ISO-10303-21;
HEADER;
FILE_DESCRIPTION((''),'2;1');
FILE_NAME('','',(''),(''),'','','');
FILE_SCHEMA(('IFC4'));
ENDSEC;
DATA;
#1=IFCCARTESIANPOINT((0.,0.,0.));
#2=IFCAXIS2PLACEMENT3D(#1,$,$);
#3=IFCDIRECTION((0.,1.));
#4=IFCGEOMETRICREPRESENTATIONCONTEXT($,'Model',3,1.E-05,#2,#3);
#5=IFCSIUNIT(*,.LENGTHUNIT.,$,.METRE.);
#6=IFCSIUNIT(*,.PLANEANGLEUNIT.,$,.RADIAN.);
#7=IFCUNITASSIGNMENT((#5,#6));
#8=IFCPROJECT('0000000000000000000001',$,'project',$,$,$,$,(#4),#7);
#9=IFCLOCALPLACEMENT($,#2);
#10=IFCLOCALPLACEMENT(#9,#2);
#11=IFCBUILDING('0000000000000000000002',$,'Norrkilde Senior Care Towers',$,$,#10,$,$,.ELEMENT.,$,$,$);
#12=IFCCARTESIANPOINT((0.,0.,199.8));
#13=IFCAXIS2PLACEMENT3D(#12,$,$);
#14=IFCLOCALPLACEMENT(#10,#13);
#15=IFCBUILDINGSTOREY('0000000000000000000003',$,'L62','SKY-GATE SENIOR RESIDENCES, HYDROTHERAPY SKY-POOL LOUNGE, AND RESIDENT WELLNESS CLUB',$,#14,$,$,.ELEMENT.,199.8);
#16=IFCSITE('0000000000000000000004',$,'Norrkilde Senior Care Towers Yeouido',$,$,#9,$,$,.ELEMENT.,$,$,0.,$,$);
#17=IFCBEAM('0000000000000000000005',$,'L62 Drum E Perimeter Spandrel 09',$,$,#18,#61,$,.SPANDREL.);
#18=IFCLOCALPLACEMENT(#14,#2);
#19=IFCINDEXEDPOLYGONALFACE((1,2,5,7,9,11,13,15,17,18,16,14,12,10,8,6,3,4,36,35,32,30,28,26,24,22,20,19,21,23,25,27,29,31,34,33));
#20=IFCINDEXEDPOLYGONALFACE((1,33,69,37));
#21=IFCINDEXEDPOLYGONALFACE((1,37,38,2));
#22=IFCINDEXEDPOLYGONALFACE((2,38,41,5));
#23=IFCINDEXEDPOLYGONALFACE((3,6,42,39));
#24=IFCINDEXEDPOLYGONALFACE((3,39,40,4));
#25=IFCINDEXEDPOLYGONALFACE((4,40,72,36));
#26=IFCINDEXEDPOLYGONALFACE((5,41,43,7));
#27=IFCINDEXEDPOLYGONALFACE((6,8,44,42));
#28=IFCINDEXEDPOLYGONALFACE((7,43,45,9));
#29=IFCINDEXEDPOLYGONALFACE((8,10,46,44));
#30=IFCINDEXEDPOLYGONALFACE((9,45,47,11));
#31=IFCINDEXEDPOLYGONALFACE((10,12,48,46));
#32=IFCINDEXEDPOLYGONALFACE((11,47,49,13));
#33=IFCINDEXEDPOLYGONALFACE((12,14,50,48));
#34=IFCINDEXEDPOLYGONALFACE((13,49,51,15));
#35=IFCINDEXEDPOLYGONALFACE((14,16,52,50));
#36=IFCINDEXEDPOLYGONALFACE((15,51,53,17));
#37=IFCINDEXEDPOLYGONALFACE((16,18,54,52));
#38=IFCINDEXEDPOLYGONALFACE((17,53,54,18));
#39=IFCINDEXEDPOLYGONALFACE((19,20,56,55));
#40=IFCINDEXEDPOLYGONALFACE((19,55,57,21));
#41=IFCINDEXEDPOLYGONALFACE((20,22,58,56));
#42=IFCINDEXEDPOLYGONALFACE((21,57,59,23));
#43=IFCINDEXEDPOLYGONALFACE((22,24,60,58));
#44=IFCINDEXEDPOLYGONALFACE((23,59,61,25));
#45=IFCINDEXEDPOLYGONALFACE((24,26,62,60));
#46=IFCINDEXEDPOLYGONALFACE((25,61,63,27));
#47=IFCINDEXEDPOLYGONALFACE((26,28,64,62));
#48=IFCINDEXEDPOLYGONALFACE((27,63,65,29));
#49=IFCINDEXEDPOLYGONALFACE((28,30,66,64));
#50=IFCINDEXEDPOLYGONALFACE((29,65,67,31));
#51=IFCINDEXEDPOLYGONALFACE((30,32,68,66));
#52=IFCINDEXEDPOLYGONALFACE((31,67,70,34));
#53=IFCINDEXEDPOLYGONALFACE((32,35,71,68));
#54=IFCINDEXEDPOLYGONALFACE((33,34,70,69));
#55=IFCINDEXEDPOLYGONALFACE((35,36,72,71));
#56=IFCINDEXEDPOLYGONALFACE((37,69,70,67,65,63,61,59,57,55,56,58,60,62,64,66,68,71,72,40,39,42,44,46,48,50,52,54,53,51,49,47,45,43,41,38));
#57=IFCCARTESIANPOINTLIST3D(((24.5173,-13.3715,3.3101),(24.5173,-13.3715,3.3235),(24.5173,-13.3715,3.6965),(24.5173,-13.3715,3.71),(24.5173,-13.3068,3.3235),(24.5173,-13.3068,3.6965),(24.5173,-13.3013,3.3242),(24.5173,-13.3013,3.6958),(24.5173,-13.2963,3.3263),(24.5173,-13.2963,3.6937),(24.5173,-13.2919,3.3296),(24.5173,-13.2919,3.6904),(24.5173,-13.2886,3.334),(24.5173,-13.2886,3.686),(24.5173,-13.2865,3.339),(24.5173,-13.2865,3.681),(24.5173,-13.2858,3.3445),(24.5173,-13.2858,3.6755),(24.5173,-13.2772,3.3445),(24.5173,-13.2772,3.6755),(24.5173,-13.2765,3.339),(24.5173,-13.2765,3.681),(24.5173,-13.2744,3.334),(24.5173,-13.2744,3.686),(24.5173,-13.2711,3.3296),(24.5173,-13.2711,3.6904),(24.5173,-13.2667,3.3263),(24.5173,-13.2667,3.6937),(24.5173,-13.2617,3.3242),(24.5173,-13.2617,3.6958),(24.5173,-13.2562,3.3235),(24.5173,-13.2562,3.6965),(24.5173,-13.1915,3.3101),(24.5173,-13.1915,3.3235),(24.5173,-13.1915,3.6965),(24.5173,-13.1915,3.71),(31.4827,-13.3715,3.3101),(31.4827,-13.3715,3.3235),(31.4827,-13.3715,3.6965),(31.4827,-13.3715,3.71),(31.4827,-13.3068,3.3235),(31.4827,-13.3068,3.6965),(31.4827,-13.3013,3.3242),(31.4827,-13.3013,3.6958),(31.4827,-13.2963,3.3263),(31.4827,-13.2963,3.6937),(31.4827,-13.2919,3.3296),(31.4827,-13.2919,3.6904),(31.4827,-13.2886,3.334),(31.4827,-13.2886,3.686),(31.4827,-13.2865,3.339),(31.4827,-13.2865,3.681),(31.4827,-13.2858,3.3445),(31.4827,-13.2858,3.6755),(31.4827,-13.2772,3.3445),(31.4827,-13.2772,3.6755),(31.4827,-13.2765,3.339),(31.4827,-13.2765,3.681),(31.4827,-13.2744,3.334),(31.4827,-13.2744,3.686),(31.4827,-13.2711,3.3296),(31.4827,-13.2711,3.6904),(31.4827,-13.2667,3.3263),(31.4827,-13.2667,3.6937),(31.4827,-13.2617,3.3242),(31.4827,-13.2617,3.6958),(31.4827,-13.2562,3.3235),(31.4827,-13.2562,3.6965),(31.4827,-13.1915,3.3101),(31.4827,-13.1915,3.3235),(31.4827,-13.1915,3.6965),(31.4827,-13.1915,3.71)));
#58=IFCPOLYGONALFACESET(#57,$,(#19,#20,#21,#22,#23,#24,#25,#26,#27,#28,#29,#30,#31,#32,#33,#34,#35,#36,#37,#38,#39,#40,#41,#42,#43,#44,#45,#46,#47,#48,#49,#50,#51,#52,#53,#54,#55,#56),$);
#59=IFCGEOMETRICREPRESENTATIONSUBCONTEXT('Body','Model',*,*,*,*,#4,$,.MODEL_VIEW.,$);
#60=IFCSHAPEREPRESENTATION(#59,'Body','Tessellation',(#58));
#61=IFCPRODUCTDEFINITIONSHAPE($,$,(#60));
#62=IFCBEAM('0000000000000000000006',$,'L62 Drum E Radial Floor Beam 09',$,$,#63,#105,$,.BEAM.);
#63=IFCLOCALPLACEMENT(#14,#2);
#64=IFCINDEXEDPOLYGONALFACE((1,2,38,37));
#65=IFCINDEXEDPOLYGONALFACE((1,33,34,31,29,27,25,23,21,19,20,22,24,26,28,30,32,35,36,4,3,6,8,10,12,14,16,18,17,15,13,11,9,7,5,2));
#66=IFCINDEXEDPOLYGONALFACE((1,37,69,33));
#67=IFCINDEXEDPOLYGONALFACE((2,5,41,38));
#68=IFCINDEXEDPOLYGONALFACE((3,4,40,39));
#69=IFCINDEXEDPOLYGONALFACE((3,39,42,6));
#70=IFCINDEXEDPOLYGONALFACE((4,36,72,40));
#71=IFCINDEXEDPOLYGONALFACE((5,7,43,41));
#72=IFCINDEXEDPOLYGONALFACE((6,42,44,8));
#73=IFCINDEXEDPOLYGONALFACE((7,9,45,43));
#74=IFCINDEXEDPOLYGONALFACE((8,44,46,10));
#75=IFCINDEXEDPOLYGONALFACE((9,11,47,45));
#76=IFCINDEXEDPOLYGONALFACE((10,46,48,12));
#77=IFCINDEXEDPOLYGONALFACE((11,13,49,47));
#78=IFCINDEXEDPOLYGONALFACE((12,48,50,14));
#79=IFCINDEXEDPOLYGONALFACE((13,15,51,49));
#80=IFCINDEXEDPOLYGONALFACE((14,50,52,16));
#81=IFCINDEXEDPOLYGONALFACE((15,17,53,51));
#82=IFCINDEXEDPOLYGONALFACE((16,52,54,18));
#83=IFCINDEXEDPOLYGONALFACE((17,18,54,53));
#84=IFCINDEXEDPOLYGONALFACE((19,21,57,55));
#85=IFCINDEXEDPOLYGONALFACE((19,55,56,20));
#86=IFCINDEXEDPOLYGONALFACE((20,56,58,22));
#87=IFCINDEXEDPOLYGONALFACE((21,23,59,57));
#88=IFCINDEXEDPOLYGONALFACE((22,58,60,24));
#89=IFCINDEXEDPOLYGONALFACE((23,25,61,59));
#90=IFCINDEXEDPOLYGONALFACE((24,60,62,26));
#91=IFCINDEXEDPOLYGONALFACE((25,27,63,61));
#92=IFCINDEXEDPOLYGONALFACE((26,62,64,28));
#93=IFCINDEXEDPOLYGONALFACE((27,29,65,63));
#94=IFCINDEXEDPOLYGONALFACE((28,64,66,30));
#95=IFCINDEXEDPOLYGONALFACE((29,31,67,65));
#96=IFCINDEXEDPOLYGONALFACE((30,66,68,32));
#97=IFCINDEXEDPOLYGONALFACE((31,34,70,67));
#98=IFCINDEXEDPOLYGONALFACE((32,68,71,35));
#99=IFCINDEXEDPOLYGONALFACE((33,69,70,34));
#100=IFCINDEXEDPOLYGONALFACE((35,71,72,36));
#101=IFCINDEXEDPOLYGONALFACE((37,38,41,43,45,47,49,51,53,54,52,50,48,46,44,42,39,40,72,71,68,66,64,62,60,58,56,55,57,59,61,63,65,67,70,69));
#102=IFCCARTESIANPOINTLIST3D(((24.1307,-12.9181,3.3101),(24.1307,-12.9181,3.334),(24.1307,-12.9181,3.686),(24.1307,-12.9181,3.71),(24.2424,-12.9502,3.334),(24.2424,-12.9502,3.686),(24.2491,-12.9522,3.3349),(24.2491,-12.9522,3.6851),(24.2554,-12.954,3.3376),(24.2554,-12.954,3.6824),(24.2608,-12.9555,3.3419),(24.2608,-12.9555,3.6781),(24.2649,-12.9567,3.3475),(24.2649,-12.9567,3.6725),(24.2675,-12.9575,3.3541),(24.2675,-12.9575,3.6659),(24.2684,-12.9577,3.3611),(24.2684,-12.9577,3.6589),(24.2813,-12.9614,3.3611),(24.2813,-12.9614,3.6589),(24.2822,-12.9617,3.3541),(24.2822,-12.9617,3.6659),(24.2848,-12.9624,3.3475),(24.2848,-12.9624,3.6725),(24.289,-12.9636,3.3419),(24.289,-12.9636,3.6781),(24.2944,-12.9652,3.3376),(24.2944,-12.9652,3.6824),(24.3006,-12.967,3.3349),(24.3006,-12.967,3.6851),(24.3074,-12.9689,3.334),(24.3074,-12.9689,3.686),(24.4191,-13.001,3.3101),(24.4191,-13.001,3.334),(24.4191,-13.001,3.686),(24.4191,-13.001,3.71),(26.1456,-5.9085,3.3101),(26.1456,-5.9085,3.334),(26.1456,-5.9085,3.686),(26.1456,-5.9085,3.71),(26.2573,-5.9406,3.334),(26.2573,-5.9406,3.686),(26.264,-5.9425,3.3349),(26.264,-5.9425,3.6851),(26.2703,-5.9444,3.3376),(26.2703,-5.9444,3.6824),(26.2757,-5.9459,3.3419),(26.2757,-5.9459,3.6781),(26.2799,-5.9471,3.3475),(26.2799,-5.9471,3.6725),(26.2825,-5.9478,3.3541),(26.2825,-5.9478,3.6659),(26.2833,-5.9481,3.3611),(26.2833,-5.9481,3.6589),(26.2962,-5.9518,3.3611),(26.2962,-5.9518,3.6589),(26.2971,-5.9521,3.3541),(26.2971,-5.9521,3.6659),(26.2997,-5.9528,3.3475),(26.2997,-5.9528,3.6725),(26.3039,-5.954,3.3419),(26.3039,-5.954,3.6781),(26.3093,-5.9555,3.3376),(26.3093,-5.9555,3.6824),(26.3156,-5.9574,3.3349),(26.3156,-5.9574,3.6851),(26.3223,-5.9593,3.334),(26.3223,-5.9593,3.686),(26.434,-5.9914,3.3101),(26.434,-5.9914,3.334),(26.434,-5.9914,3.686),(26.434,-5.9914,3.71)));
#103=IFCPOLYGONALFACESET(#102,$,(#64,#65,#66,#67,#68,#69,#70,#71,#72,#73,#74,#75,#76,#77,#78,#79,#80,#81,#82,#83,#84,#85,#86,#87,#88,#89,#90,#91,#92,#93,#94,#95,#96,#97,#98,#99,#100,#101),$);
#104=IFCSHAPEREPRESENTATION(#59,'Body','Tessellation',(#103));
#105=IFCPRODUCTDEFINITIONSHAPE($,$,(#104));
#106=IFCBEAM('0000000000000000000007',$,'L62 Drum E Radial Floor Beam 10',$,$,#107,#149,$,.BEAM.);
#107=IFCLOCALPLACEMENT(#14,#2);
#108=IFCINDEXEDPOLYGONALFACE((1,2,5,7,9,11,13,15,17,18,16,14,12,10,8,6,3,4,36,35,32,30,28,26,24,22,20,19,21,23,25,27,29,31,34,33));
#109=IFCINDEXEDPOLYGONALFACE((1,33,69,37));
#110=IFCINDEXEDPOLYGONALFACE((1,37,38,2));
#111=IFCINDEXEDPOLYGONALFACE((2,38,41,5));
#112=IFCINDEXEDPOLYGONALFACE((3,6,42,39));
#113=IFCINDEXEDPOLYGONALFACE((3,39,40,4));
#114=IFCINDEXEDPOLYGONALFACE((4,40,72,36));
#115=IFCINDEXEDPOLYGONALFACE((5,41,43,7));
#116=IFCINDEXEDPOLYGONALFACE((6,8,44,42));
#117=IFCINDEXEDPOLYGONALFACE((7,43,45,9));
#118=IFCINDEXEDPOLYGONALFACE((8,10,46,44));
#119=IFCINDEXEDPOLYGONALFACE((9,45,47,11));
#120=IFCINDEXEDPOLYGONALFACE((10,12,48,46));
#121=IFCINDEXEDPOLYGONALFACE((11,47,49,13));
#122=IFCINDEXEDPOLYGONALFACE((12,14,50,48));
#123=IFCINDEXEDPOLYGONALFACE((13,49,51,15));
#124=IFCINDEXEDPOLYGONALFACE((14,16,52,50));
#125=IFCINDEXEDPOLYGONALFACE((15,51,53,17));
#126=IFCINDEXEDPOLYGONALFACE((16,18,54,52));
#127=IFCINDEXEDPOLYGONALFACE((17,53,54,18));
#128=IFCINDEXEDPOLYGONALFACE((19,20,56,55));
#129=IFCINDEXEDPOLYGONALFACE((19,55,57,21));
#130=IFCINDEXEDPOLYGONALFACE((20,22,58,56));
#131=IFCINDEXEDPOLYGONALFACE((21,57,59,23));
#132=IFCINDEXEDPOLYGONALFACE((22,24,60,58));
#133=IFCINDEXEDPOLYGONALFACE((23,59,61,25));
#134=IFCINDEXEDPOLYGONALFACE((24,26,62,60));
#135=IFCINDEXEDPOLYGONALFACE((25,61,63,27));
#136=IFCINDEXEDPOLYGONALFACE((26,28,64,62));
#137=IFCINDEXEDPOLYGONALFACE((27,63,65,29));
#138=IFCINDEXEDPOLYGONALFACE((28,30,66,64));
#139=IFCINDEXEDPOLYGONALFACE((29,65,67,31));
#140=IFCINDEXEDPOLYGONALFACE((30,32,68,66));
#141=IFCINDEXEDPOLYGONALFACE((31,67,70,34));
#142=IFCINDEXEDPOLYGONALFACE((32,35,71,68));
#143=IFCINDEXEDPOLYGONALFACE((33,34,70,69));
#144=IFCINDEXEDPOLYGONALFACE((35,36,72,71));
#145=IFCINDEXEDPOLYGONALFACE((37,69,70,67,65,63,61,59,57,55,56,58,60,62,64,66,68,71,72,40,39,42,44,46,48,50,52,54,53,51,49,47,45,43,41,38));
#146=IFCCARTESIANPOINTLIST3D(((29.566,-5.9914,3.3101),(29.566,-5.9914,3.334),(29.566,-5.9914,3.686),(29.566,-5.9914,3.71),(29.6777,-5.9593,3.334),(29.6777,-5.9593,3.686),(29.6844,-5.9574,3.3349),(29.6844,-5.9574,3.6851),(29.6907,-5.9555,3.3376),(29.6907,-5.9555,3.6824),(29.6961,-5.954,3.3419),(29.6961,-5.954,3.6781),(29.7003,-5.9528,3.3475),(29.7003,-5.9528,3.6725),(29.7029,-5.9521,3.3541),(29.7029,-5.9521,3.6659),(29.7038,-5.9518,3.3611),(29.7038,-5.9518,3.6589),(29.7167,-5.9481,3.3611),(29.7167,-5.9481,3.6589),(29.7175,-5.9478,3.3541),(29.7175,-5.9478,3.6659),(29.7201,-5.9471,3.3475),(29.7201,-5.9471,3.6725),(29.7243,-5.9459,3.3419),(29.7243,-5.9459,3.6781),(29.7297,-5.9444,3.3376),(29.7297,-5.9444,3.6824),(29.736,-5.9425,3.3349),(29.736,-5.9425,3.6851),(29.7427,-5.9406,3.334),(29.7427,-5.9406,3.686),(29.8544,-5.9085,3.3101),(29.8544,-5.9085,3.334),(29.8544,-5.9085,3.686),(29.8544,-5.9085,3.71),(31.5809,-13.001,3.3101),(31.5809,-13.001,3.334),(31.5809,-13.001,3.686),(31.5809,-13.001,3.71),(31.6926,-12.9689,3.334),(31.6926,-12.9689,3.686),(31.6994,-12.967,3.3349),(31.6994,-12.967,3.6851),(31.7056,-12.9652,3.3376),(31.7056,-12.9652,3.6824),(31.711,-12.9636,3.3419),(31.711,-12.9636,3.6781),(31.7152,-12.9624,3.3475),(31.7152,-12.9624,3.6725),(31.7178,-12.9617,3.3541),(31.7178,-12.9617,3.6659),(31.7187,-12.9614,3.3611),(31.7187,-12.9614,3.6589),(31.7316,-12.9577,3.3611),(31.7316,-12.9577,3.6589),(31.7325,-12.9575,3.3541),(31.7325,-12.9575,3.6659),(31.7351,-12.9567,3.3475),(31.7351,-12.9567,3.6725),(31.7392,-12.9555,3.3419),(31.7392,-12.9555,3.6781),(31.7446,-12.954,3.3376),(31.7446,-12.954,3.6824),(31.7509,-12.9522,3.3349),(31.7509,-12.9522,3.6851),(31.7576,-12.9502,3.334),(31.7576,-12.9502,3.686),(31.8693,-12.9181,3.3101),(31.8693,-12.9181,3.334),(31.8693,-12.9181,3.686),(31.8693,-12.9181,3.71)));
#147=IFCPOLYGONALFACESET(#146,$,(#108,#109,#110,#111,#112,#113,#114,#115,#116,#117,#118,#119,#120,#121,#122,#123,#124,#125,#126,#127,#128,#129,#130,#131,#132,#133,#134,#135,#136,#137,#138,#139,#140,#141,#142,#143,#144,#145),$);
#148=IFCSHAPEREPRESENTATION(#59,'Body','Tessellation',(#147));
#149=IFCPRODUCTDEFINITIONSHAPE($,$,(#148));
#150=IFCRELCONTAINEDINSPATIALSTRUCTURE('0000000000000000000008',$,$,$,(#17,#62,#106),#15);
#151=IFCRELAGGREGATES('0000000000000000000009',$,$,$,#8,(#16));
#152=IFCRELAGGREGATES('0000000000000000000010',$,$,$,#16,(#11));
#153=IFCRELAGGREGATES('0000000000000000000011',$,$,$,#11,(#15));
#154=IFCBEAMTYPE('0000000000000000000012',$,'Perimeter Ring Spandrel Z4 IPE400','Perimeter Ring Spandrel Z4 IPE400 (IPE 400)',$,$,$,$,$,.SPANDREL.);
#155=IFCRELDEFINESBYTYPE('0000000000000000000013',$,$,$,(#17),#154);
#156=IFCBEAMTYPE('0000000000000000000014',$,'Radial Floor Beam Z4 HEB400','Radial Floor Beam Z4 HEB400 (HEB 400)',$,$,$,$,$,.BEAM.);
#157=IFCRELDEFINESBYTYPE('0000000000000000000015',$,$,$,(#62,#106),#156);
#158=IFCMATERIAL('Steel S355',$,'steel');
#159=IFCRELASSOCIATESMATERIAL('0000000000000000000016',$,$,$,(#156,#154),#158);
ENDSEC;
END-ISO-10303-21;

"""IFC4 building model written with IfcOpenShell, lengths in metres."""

from ifc_helpers import new_model, si_unit, direction, frame, origin, origin_2d, place, context, subcontext, project, spatial, i_section, extrude, source, transform, mapped, material, material_profile, profile_set, type_object, type_shapes, element, save


model = new_model("IFC4")

# Units and contexts
model_context = context("Model", 3, precision=1e-05, world=origin(), true_north=direction((0.0, 1.0)))
body_context = subcontext(model_context, "Body", "Model", "MODEL_VIEW")
ifc_project = project(units=[si_unit("LENGTHUNIT", "METRE"), si_unit("PLANEANGLEUNIT", "RADIAN")], contexts=[model_context])

# Site, building, storey
site_placement = place(None, origin())
site = spatial("IfcSite", under=ifc_project, at=site_placement, Name="Norrkilde Senior Care Towers Yeouido", CompositionType="ELEMENT", RefElevation=0.0)
building_placement = place(site_placement, origin())
building = spatial("IfcBuilding", under=site, at=building_placement, Name="Norrkilde Senior Care Towers", CompositionType="ELEMENT")
storey_placement = place(building_placement, frame((0.0, 0.0, 199.8)))
storey = spatial("IfcBuildingStorey", under=building, at=storey_placement, Name="L62", Description="SKY-GATE SENIOR RESIDENCES, HYDROTHERAPY SKY-POOL LOUNGE, AND RESIDENT WELLNESS CLUB", CompositionType="ELEMENT", Elevation=199.8)

# Beams
ifc_material_1 = material(Name="Steel S355", Category="steel")
ifc_material_profile_1 = material_profile(ifc_material_1, i_section(OverallWidth=0.3, OverallDepth=0.3999, WebThickness=0.0134, FlangeThickness=0.0239, FilletRadius=0.0271, at=origin_2d()), Name="HEB 400")
ifc_profile_set_1 = profile_set([ifc_material_profile_1], Name="Steel S355")
beam_type_1 = type_object("IfcBeamType", Name="Radial Floor Beam Z4 HEB400", Description="Radial Floor Beam Z4 HEB400 (HEB 400)", PredefinedType="BEAM", material=ifc_profile_set_1)
ifc_material_profile_2 = material_profile(ifc_material_1, i_section(OverallWidth=0.1799, OverallDepth=0.3999, WebThickness=0.0085, FlangeThickness=0.0134, FilletRadius=0.021, at=origin_2d()), Name="IPE 400")
ifc_profile_set_2 = profile_set([ifc_material_profile_2], Name="Steel S355")
beam_type_2 = type_object("IfcBeamType", Name="Perimeter Ring Spandrel Z4 IPE400", Description="Perimeter Ring Spandrel Z4 IPE400 (IPE 400)", PredefinedType="SPANDREL", material=ifc_profile_set_2)
shared_shape_1 = source(origin(), body_context, "Body", "SweptSolid", [
    extrude(i_section(OverallWidth=0.1799, OverallDepth=0.3999, WebThickness=0.0085, FlangeThickness=0.0134, FilletRadius=0.021, at=origin_2d()), origin(), (0.0, 0.0, 1.0), 6.9653),
])
type_shapes(beam_type_2, [shared_shape_1])
beam_1_placement = place(storey_placement, frame((24.5173, -13.2815, 3.51), z_axis=(1.0, 0.0, 0.0), x_axis=(0.0, 1.0, 0.0)))
element("IfcBeam", 1, at=beam_1_placement, inside=storey, type_object=beam_type_2, Name="L62 Drum E Perimeter Spandrel 09", PredefinedType="SPANDREL", context=body_context, shape_type="MappedRepresentation", body=[
    mapped(shared_shape_1, transform((0.0, 0.0, 0.0), x_axis=(1.0, 0.0, 0.0), y_axis=(0.0, 1.0, 0.0), z_axis=(0.0, 0.0, 1.0), scale=1.0)),
])
shared_shape_2 = source(origin(), body_context, "Body", "SweptSolid", [
    extrude(i_section(OverallWidth=0.3, OverallDepth=0.3999, WebThickness=0.0134, FlangeThickness=0.0239, FilletRadius=0.0271, at=origin_2d()), origin(), (0.0, 0.0, 1.0), 7.2935),
])
for number, where, z_axis, x_axis, name in (
    (2, (26.2898, -5.95, 3.51), (-0.276264, -0.961082, 0.0), (0.961082, -0.276264, 0.0), "L62 Drum E Radial Floor Beam 09"),
    (3, (29.7102, -5.95, 3.51), (0.276264, -0.961082, 0.0), (0.961082, 0.276264, 0.0), "L62 Drum E Radial Floor Beam 10"),
):
    element("IfcBeam", number, at=place(storey_placement, frame(where, z_axis=z_axis, x_axis=x_axis)), inside=storey, type_object=beam_type_1, Name=name, PredefinedType="BEAM", context=body_context, shape_type="MappedRepresentation", body=[
        mapped(shared_shape_2, transform((0.0, 0.0, 0.0), x_axis=(1.0, 0.0, 0.0), y_axis=(0.0, 1.0, 0.0), z_axis=(0.0, 0.0, 1.0), scale=1.0)),
    ])

save(model, "model.ifc")
